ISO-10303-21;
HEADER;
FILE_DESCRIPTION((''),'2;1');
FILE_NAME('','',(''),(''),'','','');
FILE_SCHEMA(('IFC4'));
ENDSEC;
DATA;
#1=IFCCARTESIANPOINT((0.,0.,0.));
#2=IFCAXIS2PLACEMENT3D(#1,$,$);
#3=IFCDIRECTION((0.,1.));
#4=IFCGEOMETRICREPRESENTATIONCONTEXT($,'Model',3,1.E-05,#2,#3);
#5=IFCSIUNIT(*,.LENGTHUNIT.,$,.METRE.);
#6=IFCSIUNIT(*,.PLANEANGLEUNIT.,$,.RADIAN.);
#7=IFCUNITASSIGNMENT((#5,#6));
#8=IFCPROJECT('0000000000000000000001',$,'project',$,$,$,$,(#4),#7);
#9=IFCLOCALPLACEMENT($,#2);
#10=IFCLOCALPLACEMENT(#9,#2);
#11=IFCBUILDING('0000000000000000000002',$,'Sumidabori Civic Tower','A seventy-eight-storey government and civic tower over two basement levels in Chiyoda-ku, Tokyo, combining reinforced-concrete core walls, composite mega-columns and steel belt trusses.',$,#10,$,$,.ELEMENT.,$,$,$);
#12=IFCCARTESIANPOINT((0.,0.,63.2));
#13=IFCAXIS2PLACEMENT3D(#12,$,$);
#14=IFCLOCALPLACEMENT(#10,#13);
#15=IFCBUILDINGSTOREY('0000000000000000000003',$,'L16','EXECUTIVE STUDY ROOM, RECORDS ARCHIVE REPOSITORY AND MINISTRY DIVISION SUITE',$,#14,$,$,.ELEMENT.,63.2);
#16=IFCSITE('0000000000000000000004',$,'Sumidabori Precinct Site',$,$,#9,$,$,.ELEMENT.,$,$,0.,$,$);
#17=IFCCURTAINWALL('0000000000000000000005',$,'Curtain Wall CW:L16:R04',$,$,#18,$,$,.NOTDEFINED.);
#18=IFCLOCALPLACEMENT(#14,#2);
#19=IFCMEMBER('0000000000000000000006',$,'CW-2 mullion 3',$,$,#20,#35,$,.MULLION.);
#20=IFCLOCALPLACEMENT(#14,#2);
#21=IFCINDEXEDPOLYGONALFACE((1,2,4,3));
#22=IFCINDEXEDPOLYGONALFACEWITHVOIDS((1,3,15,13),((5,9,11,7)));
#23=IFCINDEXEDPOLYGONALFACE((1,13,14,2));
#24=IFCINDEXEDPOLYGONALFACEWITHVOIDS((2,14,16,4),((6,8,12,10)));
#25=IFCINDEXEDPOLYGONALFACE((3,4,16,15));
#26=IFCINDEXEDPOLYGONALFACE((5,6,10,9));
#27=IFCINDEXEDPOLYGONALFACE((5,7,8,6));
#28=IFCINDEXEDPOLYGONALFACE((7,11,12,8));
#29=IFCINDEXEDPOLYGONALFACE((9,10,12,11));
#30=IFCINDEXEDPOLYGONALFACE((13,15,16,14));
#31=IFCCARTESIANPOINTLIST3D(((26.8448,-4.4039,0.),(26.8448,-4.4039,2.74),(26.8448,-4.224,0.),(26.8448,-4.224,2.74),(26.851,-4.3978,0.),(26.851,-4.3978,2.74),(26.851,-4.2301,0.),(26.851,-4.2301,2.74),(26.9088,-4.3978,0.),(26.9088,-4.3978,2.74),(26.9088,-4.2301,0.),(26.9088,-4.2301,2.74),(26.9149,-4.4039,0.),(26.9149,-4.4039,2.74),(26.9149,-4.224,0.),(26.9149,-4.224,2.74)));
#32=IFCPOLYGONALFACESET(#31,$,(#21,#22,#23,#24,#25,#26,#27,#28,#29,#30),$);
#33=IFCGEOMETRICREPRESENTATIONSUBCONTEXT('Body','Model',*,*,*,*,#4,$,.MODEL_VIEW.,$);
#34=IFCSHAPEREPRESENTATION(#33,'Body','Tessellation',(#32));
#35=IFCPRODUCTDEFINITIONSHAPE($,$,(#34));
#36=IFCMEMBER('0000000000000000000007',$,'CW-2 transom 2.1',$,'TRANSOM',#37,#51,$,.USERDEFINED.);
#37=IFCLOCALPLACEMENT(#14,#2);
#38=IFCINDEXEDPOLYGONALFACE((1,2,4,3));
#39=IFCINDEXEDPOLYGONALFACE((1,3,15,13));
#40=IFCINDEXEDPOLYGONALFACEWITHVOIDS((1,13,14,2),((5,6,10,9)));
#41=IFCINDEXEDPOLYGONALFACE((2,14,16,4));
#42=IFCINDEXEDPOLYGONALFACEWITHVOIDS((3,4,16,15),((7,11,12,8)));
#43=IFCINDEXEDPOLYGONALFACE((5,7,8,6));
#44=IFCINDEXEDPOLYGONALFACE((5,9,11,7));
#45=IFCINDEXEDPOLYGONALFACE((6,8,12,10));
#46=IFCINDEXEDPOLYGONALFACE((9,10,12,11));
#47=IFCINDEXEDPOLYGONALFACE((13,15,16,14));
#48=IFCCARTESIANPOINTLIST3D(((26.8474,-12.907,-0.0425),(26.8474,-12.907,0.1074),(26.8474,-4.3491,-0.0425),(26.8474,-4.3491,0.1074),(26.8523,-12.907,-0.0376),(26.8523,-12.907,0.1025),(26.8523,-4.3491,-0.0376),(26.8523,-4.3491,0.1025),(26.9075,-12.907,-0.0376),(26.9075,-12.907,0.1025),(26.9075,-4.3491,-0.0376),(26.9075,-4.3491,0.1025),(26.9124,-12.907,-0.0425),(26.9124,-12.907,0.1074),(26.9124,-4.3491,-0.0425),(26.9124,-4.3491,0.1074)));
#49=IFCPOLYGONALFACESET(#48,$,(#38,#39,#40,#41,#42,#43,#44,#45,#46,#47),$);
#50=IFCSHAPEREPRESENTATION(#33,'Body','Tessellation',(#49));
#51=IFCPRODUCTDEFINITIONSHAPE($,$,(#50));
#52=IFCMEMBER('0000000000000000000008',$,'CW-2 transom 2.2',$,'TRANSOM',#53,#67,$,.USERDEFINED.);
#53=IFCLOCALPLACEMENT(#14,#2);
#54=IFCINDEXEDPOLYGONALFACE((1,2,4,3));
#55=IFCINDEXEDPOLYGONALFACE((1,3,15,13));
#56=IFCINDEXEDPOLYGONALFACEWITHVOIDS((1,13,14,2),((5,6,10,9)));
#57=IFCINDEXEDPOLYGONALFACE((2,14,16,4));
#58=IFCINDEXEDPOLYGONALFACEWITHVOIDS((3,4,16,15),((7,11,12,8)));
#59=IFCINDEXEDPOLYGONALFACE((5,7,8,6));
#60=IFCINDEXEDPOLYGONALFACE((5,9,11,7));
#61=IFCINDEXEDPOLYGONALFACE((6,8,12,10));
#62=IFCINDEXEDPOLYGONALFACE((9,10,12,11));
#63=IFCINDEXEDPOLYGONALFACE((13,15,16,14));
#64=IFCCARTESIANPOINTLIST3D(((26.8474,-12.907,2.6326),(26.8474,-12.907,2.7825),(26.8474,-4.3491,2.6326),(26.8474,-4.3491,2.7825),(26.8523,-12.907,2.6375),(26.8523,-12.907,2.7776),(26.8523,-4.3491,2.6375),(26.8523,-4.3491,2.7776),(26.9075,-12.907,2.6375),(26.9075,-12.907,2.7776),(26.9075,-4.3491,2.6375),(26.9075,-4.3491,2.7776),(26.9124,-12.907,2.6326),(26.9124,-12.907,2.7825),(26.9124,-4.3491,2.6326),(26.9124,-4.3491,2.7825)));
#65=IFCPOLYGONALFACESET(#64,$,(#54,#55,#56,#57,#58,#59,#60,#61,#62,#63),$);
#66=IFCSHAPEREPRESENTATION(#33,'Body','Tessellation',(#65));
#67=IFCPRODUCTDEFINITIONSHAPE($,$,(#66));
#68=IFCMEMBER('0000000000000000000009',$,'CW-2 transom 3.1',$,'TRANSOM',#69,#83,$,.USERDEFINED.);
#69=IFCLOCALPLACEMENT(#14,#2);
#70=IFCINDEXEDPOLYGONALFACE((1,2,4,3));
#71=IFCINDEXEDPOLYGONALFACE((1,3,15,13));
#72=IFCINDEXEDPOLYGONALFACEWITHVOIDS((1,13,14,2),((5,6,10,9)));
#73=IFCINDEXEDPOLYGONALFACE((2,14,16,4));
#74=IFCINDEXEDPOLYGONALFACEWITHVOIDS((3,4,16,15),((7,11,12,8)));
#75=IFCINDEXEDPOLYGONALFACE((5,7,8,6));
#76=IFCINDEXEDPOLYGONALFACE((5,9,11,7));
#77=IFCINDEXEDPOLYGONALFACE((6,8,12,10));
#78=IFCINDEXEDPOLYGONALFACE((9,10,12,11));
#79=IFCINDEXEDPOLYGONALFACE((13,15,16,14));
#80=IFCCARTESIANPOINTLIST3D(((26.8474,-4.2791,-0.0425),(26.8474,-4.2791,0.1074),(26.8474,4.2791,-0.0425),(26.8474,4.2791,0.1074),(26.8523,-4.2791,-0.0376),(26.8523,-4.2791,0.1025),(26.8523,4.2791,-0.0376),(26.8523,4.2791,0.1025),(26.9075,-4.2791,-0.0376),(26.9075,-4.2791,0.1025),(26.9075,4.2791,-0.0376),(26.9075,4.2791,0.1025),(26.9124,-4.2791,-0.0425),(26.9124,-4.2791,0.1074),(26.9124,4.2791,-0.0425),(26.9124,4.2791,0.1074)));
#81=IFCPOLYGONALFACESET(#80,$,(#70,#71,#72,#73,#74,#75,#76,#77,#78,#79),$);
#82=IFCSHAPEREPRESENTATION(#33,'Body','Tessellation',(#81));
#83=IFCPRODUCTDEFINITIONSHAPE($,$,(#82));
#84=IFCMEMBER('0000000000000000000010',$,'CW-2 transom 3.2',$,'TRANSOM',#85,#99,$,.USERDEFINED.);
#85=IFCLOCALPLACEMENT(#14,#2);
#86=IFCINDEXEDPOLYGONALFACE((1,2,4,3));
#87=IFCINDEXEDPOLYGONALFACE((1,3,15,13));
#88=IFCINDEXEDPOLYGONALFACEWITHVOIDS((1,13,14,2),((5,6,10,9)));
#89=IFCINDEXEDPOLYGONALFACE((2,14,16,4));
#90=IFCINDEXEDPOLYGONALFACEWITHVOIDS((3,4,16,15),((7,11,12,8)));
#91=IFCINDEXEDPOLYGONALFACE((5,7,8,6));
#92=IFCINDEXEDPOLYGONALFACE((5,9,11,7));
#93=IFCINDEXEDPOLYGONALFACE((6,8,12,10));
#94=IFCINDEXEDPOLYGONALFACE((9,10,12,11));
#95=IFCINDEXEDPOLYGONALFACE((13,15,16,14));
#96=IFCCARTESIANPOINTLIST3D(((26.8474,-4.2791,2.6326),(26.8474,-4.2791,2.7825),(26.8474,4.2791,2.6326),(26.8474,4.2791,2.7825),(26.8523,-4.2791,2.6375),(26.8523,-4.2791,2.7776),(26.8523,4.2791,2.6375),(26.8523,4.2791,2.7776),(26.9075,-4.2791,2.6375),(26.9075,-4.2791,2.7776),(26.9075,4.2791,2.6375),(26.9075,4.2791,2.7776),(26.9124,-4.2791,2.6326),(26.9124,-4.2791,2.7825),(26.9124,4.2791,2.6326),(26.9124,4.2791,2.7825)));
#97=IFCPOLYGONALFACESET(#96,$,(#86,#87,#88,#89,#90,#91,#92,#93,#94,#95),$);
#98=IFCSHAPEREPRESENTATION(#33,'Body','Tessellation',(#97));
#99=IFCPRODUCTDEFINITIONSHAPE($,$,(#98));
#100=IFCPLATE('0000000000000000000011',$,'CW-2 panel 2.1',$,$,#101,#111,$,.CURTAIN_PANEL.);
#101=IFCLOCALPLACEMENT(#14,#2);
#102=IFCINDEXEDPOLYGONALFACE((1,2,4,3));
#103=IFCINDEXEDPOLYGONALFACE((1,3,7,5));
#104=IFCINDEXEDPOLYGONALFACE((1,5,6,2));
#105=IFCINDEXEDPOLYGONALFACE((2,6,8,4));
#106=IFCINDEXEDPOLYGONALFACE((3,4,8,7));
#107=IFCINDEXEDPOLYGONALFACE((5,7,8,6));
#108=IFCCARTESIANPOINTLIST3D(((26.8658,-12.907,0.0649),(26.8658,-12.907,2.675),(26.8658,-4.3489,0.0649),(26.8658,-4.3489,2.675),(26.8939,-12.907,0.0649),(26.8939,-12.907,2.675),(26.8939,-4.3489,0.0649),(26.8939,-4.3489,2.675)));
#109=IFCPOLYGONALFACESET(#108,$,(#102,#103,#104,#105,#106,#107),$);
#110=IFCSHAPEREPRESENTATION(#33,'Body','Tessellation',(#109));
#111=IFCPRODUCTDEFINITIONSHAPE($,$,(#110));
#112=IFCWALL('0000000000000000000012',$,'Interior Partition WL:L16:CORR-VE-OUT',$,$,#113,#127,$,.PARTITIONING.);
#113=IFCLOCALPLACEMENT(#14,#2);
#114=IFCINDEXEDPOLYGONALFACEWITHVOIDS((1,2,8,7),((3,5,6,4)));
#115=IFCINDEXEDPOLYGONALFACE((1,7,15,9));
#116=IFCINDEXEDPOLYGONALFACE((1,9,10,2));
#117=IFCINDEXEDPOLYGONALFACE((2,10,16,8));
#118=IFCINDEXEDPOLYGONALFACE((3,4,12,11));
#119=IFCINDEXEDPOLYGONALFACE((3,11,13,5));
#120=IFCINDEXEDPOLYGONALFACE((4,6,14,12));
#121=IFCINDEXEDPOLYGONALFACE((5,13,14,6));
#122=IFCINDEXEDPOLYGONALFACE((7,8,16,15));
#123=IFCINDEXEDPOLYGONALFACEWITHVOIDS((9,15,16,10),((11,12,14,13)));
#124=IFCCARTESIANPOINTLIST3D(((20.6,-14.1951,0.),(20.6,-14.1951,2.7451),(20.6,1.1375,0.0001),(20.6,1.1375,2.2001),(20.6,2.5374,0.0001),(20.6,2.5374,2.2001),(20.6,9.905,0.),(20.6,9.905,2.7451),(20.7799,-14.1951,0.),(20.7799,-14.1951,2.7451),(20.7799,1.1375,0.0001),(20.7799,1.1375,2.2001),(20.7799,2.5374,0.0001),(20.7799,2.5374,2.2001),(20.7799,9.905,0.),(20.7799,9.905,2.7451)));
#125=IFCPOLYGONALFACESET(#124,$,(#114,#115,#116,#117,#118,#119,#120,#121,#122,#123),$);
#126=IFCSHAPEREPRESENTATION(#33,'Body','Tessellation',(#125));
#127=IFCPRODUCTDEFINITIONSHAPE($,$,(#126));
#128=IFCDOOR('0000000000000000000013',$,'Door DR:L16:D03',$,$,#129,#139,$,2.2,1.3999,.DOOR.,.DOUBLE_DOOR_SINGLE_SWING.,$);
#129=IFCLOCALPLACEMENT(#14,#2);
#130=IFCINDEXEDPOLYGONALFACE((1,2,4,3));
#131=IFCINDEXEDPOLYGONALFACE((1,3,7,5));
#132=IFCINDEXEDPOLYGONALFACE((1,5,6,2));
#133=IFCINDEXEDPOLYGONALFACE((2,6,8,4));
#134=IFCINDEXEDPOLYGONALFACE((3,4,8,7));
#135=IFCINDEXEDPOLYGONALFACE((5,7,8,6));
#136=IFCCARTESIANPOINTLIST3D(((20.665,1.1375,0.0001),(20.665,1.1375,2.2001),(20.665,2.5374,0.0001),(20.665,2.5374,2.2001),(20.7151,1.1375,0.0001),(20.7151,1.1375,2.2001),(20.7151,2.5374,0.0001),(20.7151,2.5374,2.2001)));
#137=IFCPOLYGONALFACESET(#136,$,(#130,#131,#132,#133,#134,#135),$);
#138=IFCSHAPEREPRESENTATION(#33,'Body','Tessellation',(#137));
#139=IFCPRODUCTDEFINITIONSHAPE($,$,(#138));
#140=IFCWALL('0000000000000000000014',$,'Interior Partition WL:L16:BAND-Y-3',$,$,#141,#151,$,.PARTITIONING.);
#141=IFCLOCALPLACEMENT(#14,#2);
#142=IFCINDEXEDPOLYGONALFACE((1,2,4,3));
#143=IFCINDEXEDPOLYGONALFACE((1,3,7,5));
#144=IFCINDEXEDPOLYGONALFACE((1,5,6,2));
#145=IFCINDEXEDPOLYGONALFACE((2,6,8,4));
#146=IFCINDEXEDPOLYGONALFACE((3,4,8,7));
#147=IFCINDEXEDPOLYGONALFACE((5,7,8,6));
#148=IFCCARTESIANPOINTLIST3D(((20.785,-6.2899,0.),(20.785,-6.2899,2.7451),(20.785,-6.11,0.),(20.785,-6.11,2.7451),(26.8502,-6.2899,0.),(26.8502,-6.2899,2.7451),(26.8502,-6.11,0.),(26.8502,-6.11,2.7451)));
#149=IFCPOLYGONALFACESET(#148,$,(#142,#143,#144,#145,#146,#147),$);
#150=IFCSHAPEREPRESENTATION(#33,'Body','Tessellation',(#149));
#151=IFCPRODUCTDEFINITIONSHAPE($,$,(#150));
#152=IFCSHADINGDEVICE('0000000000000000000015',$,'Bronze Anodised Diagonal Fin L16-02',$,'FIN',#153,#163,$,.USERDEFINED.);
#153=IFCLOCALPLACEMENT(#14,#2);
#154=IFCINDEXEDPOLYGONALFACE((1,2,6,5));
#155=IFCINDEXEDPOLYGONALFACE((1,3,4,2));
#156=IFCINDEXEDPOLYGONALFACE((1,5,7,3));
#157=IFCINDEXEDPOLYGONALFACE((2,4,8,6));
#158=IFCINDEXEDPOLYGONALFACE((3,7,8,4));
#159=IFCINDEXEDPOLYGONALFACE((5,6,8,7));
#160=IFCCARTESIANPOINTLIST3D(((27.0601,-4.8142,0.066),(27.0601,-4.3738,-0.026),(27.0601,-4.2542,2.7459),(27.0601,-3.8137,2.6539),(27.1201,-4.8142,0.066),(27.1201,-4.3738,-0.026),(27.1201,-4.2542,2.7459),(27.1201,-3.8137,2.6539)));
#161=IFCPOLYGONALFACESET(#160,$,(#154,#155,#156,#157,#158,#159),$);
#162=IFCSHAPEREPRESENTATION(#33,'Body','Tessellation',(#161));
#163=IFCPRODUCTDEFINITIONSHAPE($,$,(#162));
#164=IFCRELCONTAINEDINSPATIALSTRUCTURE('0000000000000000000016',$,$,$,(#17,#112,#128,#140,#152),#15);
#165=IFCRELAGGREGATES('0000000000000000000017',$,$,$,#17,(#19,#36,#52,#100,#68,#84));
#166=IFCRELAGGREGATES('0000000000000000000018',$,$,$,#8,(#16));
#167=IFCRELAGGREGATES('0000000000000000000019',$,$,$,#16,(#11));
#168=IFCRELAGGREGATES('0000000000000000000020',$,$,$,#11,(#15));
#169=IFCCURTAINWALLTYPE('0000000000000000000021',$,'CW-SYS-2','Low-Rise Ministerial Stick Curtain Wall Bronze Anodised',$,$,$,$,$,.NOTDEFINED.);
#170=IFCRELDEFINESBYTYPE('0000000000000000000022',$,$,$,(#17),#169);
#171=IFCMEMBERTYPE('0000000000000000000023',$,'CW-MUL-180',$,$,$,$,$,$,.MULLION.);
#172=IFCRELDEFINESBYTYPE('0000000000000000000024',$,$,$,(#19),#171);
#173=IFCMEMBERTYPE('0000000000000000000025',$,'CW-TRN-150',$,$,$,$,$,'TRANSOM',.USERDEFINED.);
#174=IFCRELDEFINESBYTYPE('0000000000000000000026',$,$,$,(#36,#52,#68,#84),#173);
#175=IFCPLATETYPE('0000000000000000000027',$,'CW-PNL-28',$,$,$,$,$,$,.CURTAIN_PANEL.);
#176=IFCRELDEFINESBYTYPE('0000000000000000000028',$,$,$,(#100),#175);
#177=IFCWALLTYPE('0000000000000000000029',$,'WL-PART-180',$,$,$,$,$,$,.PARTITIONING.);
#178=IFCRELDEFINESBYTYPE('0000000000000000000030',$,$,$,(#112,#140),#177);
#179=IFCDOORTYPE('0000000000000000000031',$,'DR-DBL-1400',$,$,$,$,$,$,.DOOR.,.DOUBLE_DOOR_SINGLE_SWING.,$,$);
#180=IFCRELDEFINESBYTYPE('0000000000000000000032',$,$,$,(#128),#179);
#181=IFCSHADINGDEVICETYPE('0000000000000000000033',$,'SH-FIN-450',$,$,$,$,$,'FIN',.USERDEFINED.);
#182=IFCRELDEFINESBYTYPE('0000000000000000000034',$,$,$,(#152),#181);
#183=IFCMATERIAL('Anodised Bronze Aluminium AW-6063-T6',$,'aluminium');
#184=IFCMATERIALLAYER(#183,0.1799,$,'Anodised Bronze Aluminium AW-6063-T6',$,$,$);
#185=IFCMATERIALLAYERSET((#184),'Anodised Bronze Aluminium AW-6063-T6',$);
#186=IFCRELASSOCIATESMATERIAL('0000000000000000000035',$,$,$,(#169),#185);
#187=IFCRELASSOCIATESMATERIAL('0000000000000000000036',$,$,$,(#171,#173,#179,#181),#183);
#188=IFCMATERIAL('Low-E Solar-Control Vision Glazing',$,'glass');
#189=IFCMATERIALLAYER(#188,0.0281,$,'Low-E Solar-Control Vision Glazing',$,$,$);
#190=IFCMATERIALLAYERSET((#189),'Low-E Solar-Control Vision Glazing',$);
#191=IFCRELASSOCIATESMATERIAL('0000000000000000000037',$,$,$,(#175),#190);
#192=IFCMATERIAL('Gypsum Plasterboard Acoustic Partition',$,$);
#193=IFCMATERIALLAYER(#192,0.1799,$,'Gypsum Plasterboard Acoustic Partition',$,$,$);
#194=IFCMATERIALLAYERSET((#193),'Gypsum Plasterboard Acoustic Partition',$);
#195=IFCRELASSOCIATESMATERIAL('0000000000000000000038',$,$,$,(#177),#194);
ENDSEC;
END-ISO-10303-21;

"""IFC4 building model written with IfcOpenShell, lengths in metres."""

from ifc_helpers import new_model, si_unit, direction, frame, frame_2d, origin, origin_2d, place, context, subcontext, project, spatial, rectangle, hollow_rectangle, extrude, source, transform, mapped, material, layer, layer_set, material_profile, profile_set, type_object, element, fill, aggregate, save


model = new_model("IFC4")

# Units and contexts
model_context = context("Model", 3, precision=1e-05, world=origin(), true_north=direction((0.0, 1.0)))
body_context = subcontext(model_context, "Body", "Model", "MODEL_VIEW")
ifc_project = project(units=[si_unit("LENGTHUNIT", "METRE"), si_unit("PLANEANGLEUNIT", "RADIAN")], contexts=[model_context])

# Site, building, storey
site_placement = place(None, origin())
site = spatial("IfcSite", under=ifc_project, at=site_placement, Name="Sumidabori Precinct Site", CompositionType="ELEMENT", RefElevation=0.0)
building_placement = place(site_placement, origin())
building = spatial("IfcBuilding", under=site, at=building_placement, Name="Sumidabori Civic Tower", Description="A seventy-eight-storey government and civic tower over two basement levels in Chiyoda-ku, Tokyo, combining reinforced-concrete core walls, composite mega-columns and steel belt trusses.", CompositionType="ELEMENT")
storey_placement = place(building_placement, frame((0.0, 0.0, 63.2)))
storey = spatial("IfcBuildingStorey", under=building, at=storey_placement, Name="L16", Description="EXECUTIVE STUDY ROOM, RECORDS ARCHIVE REPOSITORY AND MINISTRY DIVISION SUITE", CompositionType="ELEMENT", Elevation=63.2)

# Curtain wall, members, plate
ifc_material_1 = material(Name="Anodised Bronze Aluminium AW-6063-T6", Category="aluminium")
ifc_layer_1 = layer(ifc_material_1, 0.1799, Name="Anodised Bronze Aluminium AW-6063-T6")
ifc_layer_set_1 = layer_set([ifc_layer_1], Name="Anodised Bronze Aluminium AW-6063-T6")
curtain_wall_type = type_object("IfcCurtainWallType", Name="CW-SYS-2", Description="Low-Rise Ministerial Stick Curtain Wall Bronze Anodised", PredefinedType="NOTDEFINED", material=ifc_layer_set_1)
curtain_wall_placement = place(storey_placement, origin())
curtain_wall = element("IfcCurtainWall", 1, at=curtain_wall_placement, inside=storey, type_object=curtain_wall_type, Name="Curtain Wall CW:L16:R04", PredefinedType="NOTDEFINED")
ifc_material_profile_1 = material_profile(ifc_material_1, hollow_rectangle(XDim=0.0701, YDim=0.1799, WallThickness=0.0061, at=origin_2d()), Name="ALU MULLION 180x70")
ifc_profile_set_1 = profile_set([ifc_material_profile_1], Name="Anodised Bronze Aluminium AW-6063-T6")
member_type_1 = type_object("IfcMemberType", Name="CW-MUL-180", PredefinedType="MULLION", material=ifc_profile_set_1)
shared_shape_1 = source(origin(), body_context, "Body", "SweptSolid", [
    extrude(hollow_rectangle(XDim=0.0701, YDim=0.1799, WallThickness=0.0061, at=origin_2d()), origin(), (0.0, 0.0, 1.0), 2.74),
])
member_1_placement = place(storey_placement, frame((26.8799, -4.314, 0.0), z_axis=(0.0, 0.0, 1.0), x_axis=(-1.0, 0.0, 0.0)))
member_1 = element("IfcMember", 2, at=member_1_placement, type_object=member_type_1, Name="CW-2 mullion 3", PredefinedType="MULLION", context=body_context, shape_type="MappedRepresentation", body=[
    mapped(shared_shape_1, transform((0.0, 0.0, 0.0), x_axis=(1.0, 0.0, 0.0), y_axis=(0.0, 1.0, 0.0), z_axis=(0.0, 0.0, 1.0), scale=1.0)),
])
ifc_material_profile_2 = material_profile(ifc_material_1, hollow_rectangle(XDim=0.0649, YDim=0.1499, WallThickness=0.0049, at=origin_2d()), Name="ALU TRANSOM 150x65")
ifc_profile_set_2 = profile_set([ifc_material_profile_2], Name="Anodised Bronze Aluminium AW-6063-T6")
member_type_2 = type_object("IfcMemberType", Name="CW-TRN-150", ElementType="TRANSOM", PredefinedType="USERDEFINED", material=ifc_profile_set_2)
shared_shape_2 = source(origin(), body_context, "Body", "SweptSolid", [
    extrude(hollow_rectangle(XDim=0.0649, YDim=0.1499, WallThickness=0.0049, at=origin_2d()), origin(), (0.0, 0.0, 1.0), 8.5579),
])
member_2_placement = place(storey_placement, frame((26.8799, -12.907, 0.0325), z_axis=(0.0, 1.0, 0.0), x_axis=(-1.0, 0.0, 0.0)))
member_2 = element("IfcMember", 3, at=member_2_placement, type_object=member_type_2, Name="CW-2 transom 2.1", ObjectType="TRANSOM", PredefinedType="USERDEFINED", context=body_context, shape_type="MappedRepresentation", body=[
    mapped(shared_shape_2, transform((0.0, 0.0, 0.0), x_axis=(1.0, 0.0, 0.0), y_axis=(0.0, 1.0, 0.0), z_axis=(0.0, 0.0, 1.0), scale=1.0)),
])
member_3_placement = place(storey_placement, frame((26.8799, -12.907, 2.7075), z_axis=(0.0, 1.0, 0.0), x_axis=(-1.0, 0.0, 0.0)))
member_3 = element("IfcMember", 4, at=member_3_placement, type_object=member_type_2, Name="CW-2 transom 2.2", ObjectType="TRANSOM", PredefinedType="USERDEFINED", context=body_context, shape_type="MappedRepresentation", body=[
    mapped(shared_shape_2, transform((0.0, 0.0, 0.0), x_axis=(1.0, 0.0, 0.0), y_axis=(0.0, 1.0, 0.0), z_axis=(0.0, 0.0, 1.0), scale=1.0)),
])
shared_shape_3 = source(origin(), body_context, "Body", "SweptSolid", [
    extrude(hollow_rectangle(XDim=0.0649, YDim=0.1499, WallThickness=0.0049, at=origin_2d()), origin(), (0.0, 0.0, 1.0), 8.5581),
])
member_4_placement = place(storey_placement, frame((26.8799, -4.2791, 0.0325), z_axis=(0.0, 1.0, 0.0), x_axis=(-1.0, 0.0, 0.0)))
member_4 = element("IfcMember", 5, at=member_4_placement, type_object=member_type_2, Name="CW-2 transom 3.1", ObjectType="TRANSOM", PredefinedType="USERDEFINED", context=body_context, shape_type="MappedRepresentation", body=[
    mapped(shared_shape_3, transform((0.0, 0.0, 0.0), x_axis=(1.0, 0.0, 0.0), y_axis=(0.0, 1.0, 0.0), z_axis=(0.0, 0.0, 1.0), scale=1.0)),
])
member_5_placement = place(storey_placement, frame((26.8799, -4.2791, 2.7075), z_axis=(0.0, 1.0, 0.0), x_axis=(-1.0, 0.0, 0.0)))
member_5 = element("IfcMember", 6, at=member_5_placement, type_object=member_type_2, Name="CW-2 transom 3.2", ObjectType="TRANSOM", PredefinedType="USERDEFINED", context=body_context, shape_type="MappedRepresentation", body=[
    mapped(shared_shape_3, transform((0.0, 0.0, 0.0), x_axis=(1.0, 0.0, 0.0), y_axis=(0.0, 1.0, 0.0), z_axis=(0.0, 0.0, 1.0), scale=1.0)),
])
ifc_material_2 = material(Name="Low-E Solar-Control Vision Glazing", Category="glass")
ifc_layer_2 = layer(ifc_material_2, 0.0281, Name="Low-E Solar-Control Vision Glazing")
ifc_layer_set_2 = layer_set([ifc_layer_2], Name="Low-E Solar-Control Vision Glazing")
plate_type = type_object("IfcPlateType", Name="CW-PNL-28", PredefinedType="CURTAIN_PANEL", material=ifc_layer_set_2)
shared_shape_4 = source(origin(), body_context, "Body", "SweptSolid", [
    extrude(rectangle(XDim=8.5581, YDim=0.0281, at=origin_2d()), origin(), (0.0, 0.0, 1.0), 2.6101),
])
plate_placement = place(storey_placement, frame((26.8799, -8.6279, 0.0649), z_axis=(0.0, 0.0, 1.0), x_axis=(0.0, 1.0, 0.0)))
plate = element("IfcPlate", 7, at=plate_placement, type_object=plate_type, Name="CW-2 panel 2.1", PredefinedType="CURTAIN_PANEL", context=body_context, shape_type="MappedRepresentation", body=[
    mapped(shared_shape_4, transform((0.0, 0.0, 0.0), x_axis=(1.0, 0.0, 0.0), y_axis=(0.0, 1.0, 0.0), z_axis=(0.0, 0.0, 1.0), scale=1.0)),
])
aggregate(curtain_wall, [member_1, member_2, member_3, plate, member_4, member_5])

# Wall, opening, door
ifc_material_3 = material(Name="Gypsum Plasterboard Acoustic Partition")
ifc_layer_3 = layer(ifc_material_3, 0.1799, Name="Gypsum Plasterboard Acoustic Partition")
ifc_layer_set_3 = layer_set([ifc_layer_3], Name="Gypsum Plasterboard Acoustic Partition")
wall_type = type_object("IfcWallType", Name="WL-PART-180", PredefinedType="PARTITIONING", material=ifc_layer_set_3)
shared_shape_5 = source(origin(), body_context, "Body", "SweptSolid", [
    extrude(rectangle(XDim=24.1001, YDim=0.1799, at=frame_2d((12.05, 0.0))), origin(), (0.0, 0.0, 1.0), 2.7451),
])
wall_1_placement = place(storey_placement, frame((20.6899, -14.1951, 0.0), z_axis=(0.0, 0.0, 1.0), x_axis=(0.0, 1.0, 0.0)))
wall_1 = element("IfcWall", 8, at=wall_1_placement, inside=storey, type_object=wall_type, Name="Interior Partition WL:L16:CORR-VE-OUT", PredefinedType="PARTITIONING", context=body_context, shape_type="MappedRepresentation", body=[
    mapped(shared_shape_5, transform((0.0, 0.0, 0.0), x_axis=(1.0, 0.0, 0.0), y_axis=(0.0, 1.0, 0.0), z_axis=(0.0, 0.0, 1.0), scale=1.0)),
])
opening_placement = place(wall_1_placement, frame((15.3325, 0.0, 0.0)))
opening = element("IfcOpeningElement", 9, at=opening_placement, cuts=wall_1, PredefinedType="OPENING", context=body_context, shape_type="SweptSolid", body=[
    extrude(rectangle(XDim=1.3999, YDim=2.2, at=frame_2d((0.7, 1.1001))), frame((0.0, 0.1021, 0.0), z_axis=(0.0, -1.0, 0.0), x_axis=(1.0, 0.0, 0.0)), (0.0, 0.0, 1.0), 0.2039),
])
door_type = type_object("IfcDoorType", Name="DR-DBL-1400", OperationType="DOUBLE_DOOR_SINGLE_SWING", PredefinedType="DOOR", material=ifc_material_1)
shared_shape_6 = source(origin(), body_context, "Body", "SweptSolid", [
    extrude(rectangle(XDim=1.3999, YDim=2.2, at=frame_2d((0.7, 1.1001))), frame((0.0, 0.0249, 0.0), z_axis=(0.0, -1.0, 0.0), x_axis=(1.0, 0.0, 0.0)), (0.0, 0.0, 1.0), 0.05),
])
door_placement = place(opening_placement, origin())
door = element("IfcDoor", 10, at=door_placement, inside=storey, type_object=door_type, Name="Door DR:L16:D03", OperationType="DOUBLE_DOOR_SINGLE_SWING", OverallHeight=2.2, OverallWidth=1.3999, PredefinedType="DOOR", context=body_context, shape_type="MappedRepresentation", body=[
    mapped(shared_shape_6, transform((0.0, 0.0, 0.0), x_axis=(1.0, 0.0, 0.0), y_axis=(0.0, 1.0, 0.0), z_axis=(0.0, 0.0, 1.0), scale=1.0)),
])
fill(opening, door)

# Wall
shared_shape_7 = source(origin(), body_context, "Body", "SweptSolid", [
    extrude(rectangle(XDim=6.0652, YDim=0.1799, at=frame_2d((3.0327, 0.0))), origin(), (0.0, 0.0, 1.0), 2.7451),
])
wall_2_placement = place(storey_placement, frame((20.7849, -6.2, 0.0), z_axis=(0.0, 0.0, 1.0), x_axis=(1.0, 0.0, 0.0)))
element("IfcWall", 11, at=wall_2_placement, inside=storey, type_object=wall_type, Name="Interior Partition WL:L16:BAND-Y-3", PredefinedType="PARTITIONING", context=body_context, shape_type="MappedRepresentation", body=[
    mapped(shared_shape_7, transform((0.0, 0.0, 0.0), x_axis=(1.0, 0.0, 0.0), y_axis=(0.0, 1.0, 0.0), z_axis=(0.0, 0.0, 1.0), scale=1.0)),
])

# Shading device
ifc_material_profile_3 = material_profile(ifc_material_1, rectangle(XDim=0.0601, YDim=0.45, at=origin_2d()), Name="BRONZE FIN 450x60")
ifc_profile_set_3 = profile_set([ifc_material_profile_3], Name="Anodised Bronze Aluminium AW-6063-T6")
shading_device_type = type_object("IfcShadingDeviceType", Name="SH-FIN-450", ElementType="FIN", PredefinedType="USERDEFINED", material=ifc_profile_set_3)
shared_shape_8 = source(origin(), body_context, "Body", "SweptSolid", [
    extrude(rectangle(XDim=0.0601, YDim=0.45, at=origin_2d()), origin(), (0.0, 0.0, 1.0), 2.7378),
])
shading_device_placement = place(storey_placement, frame((27.0901, -4.594, 0.02), z_axis=(0.0, 0.204563, 0.978853), x_axis=(-1.0, 0.0, 0.0)))
element("IfcShadingDevice", 12, at=shading_device_placement, inside=storey, type_object=shading_device_type, Name="Bronze Anodised Diagonal Fin L16-02", ObjectType="FIN", PredefinedType="USERDEFINED", context=body_context, shape_type="MappedRepresentation", body=[
    mapped(shared_shape_8, transform((0.0, 0.0, 0.0), x_axis=(1.0, 0.0, 0.0), y_axis=(0.0, 1.0, 0.0), z_axis=(0.0, 0.0, 1.0), scale=1.0)),
])

save(model, "model.ifc")
